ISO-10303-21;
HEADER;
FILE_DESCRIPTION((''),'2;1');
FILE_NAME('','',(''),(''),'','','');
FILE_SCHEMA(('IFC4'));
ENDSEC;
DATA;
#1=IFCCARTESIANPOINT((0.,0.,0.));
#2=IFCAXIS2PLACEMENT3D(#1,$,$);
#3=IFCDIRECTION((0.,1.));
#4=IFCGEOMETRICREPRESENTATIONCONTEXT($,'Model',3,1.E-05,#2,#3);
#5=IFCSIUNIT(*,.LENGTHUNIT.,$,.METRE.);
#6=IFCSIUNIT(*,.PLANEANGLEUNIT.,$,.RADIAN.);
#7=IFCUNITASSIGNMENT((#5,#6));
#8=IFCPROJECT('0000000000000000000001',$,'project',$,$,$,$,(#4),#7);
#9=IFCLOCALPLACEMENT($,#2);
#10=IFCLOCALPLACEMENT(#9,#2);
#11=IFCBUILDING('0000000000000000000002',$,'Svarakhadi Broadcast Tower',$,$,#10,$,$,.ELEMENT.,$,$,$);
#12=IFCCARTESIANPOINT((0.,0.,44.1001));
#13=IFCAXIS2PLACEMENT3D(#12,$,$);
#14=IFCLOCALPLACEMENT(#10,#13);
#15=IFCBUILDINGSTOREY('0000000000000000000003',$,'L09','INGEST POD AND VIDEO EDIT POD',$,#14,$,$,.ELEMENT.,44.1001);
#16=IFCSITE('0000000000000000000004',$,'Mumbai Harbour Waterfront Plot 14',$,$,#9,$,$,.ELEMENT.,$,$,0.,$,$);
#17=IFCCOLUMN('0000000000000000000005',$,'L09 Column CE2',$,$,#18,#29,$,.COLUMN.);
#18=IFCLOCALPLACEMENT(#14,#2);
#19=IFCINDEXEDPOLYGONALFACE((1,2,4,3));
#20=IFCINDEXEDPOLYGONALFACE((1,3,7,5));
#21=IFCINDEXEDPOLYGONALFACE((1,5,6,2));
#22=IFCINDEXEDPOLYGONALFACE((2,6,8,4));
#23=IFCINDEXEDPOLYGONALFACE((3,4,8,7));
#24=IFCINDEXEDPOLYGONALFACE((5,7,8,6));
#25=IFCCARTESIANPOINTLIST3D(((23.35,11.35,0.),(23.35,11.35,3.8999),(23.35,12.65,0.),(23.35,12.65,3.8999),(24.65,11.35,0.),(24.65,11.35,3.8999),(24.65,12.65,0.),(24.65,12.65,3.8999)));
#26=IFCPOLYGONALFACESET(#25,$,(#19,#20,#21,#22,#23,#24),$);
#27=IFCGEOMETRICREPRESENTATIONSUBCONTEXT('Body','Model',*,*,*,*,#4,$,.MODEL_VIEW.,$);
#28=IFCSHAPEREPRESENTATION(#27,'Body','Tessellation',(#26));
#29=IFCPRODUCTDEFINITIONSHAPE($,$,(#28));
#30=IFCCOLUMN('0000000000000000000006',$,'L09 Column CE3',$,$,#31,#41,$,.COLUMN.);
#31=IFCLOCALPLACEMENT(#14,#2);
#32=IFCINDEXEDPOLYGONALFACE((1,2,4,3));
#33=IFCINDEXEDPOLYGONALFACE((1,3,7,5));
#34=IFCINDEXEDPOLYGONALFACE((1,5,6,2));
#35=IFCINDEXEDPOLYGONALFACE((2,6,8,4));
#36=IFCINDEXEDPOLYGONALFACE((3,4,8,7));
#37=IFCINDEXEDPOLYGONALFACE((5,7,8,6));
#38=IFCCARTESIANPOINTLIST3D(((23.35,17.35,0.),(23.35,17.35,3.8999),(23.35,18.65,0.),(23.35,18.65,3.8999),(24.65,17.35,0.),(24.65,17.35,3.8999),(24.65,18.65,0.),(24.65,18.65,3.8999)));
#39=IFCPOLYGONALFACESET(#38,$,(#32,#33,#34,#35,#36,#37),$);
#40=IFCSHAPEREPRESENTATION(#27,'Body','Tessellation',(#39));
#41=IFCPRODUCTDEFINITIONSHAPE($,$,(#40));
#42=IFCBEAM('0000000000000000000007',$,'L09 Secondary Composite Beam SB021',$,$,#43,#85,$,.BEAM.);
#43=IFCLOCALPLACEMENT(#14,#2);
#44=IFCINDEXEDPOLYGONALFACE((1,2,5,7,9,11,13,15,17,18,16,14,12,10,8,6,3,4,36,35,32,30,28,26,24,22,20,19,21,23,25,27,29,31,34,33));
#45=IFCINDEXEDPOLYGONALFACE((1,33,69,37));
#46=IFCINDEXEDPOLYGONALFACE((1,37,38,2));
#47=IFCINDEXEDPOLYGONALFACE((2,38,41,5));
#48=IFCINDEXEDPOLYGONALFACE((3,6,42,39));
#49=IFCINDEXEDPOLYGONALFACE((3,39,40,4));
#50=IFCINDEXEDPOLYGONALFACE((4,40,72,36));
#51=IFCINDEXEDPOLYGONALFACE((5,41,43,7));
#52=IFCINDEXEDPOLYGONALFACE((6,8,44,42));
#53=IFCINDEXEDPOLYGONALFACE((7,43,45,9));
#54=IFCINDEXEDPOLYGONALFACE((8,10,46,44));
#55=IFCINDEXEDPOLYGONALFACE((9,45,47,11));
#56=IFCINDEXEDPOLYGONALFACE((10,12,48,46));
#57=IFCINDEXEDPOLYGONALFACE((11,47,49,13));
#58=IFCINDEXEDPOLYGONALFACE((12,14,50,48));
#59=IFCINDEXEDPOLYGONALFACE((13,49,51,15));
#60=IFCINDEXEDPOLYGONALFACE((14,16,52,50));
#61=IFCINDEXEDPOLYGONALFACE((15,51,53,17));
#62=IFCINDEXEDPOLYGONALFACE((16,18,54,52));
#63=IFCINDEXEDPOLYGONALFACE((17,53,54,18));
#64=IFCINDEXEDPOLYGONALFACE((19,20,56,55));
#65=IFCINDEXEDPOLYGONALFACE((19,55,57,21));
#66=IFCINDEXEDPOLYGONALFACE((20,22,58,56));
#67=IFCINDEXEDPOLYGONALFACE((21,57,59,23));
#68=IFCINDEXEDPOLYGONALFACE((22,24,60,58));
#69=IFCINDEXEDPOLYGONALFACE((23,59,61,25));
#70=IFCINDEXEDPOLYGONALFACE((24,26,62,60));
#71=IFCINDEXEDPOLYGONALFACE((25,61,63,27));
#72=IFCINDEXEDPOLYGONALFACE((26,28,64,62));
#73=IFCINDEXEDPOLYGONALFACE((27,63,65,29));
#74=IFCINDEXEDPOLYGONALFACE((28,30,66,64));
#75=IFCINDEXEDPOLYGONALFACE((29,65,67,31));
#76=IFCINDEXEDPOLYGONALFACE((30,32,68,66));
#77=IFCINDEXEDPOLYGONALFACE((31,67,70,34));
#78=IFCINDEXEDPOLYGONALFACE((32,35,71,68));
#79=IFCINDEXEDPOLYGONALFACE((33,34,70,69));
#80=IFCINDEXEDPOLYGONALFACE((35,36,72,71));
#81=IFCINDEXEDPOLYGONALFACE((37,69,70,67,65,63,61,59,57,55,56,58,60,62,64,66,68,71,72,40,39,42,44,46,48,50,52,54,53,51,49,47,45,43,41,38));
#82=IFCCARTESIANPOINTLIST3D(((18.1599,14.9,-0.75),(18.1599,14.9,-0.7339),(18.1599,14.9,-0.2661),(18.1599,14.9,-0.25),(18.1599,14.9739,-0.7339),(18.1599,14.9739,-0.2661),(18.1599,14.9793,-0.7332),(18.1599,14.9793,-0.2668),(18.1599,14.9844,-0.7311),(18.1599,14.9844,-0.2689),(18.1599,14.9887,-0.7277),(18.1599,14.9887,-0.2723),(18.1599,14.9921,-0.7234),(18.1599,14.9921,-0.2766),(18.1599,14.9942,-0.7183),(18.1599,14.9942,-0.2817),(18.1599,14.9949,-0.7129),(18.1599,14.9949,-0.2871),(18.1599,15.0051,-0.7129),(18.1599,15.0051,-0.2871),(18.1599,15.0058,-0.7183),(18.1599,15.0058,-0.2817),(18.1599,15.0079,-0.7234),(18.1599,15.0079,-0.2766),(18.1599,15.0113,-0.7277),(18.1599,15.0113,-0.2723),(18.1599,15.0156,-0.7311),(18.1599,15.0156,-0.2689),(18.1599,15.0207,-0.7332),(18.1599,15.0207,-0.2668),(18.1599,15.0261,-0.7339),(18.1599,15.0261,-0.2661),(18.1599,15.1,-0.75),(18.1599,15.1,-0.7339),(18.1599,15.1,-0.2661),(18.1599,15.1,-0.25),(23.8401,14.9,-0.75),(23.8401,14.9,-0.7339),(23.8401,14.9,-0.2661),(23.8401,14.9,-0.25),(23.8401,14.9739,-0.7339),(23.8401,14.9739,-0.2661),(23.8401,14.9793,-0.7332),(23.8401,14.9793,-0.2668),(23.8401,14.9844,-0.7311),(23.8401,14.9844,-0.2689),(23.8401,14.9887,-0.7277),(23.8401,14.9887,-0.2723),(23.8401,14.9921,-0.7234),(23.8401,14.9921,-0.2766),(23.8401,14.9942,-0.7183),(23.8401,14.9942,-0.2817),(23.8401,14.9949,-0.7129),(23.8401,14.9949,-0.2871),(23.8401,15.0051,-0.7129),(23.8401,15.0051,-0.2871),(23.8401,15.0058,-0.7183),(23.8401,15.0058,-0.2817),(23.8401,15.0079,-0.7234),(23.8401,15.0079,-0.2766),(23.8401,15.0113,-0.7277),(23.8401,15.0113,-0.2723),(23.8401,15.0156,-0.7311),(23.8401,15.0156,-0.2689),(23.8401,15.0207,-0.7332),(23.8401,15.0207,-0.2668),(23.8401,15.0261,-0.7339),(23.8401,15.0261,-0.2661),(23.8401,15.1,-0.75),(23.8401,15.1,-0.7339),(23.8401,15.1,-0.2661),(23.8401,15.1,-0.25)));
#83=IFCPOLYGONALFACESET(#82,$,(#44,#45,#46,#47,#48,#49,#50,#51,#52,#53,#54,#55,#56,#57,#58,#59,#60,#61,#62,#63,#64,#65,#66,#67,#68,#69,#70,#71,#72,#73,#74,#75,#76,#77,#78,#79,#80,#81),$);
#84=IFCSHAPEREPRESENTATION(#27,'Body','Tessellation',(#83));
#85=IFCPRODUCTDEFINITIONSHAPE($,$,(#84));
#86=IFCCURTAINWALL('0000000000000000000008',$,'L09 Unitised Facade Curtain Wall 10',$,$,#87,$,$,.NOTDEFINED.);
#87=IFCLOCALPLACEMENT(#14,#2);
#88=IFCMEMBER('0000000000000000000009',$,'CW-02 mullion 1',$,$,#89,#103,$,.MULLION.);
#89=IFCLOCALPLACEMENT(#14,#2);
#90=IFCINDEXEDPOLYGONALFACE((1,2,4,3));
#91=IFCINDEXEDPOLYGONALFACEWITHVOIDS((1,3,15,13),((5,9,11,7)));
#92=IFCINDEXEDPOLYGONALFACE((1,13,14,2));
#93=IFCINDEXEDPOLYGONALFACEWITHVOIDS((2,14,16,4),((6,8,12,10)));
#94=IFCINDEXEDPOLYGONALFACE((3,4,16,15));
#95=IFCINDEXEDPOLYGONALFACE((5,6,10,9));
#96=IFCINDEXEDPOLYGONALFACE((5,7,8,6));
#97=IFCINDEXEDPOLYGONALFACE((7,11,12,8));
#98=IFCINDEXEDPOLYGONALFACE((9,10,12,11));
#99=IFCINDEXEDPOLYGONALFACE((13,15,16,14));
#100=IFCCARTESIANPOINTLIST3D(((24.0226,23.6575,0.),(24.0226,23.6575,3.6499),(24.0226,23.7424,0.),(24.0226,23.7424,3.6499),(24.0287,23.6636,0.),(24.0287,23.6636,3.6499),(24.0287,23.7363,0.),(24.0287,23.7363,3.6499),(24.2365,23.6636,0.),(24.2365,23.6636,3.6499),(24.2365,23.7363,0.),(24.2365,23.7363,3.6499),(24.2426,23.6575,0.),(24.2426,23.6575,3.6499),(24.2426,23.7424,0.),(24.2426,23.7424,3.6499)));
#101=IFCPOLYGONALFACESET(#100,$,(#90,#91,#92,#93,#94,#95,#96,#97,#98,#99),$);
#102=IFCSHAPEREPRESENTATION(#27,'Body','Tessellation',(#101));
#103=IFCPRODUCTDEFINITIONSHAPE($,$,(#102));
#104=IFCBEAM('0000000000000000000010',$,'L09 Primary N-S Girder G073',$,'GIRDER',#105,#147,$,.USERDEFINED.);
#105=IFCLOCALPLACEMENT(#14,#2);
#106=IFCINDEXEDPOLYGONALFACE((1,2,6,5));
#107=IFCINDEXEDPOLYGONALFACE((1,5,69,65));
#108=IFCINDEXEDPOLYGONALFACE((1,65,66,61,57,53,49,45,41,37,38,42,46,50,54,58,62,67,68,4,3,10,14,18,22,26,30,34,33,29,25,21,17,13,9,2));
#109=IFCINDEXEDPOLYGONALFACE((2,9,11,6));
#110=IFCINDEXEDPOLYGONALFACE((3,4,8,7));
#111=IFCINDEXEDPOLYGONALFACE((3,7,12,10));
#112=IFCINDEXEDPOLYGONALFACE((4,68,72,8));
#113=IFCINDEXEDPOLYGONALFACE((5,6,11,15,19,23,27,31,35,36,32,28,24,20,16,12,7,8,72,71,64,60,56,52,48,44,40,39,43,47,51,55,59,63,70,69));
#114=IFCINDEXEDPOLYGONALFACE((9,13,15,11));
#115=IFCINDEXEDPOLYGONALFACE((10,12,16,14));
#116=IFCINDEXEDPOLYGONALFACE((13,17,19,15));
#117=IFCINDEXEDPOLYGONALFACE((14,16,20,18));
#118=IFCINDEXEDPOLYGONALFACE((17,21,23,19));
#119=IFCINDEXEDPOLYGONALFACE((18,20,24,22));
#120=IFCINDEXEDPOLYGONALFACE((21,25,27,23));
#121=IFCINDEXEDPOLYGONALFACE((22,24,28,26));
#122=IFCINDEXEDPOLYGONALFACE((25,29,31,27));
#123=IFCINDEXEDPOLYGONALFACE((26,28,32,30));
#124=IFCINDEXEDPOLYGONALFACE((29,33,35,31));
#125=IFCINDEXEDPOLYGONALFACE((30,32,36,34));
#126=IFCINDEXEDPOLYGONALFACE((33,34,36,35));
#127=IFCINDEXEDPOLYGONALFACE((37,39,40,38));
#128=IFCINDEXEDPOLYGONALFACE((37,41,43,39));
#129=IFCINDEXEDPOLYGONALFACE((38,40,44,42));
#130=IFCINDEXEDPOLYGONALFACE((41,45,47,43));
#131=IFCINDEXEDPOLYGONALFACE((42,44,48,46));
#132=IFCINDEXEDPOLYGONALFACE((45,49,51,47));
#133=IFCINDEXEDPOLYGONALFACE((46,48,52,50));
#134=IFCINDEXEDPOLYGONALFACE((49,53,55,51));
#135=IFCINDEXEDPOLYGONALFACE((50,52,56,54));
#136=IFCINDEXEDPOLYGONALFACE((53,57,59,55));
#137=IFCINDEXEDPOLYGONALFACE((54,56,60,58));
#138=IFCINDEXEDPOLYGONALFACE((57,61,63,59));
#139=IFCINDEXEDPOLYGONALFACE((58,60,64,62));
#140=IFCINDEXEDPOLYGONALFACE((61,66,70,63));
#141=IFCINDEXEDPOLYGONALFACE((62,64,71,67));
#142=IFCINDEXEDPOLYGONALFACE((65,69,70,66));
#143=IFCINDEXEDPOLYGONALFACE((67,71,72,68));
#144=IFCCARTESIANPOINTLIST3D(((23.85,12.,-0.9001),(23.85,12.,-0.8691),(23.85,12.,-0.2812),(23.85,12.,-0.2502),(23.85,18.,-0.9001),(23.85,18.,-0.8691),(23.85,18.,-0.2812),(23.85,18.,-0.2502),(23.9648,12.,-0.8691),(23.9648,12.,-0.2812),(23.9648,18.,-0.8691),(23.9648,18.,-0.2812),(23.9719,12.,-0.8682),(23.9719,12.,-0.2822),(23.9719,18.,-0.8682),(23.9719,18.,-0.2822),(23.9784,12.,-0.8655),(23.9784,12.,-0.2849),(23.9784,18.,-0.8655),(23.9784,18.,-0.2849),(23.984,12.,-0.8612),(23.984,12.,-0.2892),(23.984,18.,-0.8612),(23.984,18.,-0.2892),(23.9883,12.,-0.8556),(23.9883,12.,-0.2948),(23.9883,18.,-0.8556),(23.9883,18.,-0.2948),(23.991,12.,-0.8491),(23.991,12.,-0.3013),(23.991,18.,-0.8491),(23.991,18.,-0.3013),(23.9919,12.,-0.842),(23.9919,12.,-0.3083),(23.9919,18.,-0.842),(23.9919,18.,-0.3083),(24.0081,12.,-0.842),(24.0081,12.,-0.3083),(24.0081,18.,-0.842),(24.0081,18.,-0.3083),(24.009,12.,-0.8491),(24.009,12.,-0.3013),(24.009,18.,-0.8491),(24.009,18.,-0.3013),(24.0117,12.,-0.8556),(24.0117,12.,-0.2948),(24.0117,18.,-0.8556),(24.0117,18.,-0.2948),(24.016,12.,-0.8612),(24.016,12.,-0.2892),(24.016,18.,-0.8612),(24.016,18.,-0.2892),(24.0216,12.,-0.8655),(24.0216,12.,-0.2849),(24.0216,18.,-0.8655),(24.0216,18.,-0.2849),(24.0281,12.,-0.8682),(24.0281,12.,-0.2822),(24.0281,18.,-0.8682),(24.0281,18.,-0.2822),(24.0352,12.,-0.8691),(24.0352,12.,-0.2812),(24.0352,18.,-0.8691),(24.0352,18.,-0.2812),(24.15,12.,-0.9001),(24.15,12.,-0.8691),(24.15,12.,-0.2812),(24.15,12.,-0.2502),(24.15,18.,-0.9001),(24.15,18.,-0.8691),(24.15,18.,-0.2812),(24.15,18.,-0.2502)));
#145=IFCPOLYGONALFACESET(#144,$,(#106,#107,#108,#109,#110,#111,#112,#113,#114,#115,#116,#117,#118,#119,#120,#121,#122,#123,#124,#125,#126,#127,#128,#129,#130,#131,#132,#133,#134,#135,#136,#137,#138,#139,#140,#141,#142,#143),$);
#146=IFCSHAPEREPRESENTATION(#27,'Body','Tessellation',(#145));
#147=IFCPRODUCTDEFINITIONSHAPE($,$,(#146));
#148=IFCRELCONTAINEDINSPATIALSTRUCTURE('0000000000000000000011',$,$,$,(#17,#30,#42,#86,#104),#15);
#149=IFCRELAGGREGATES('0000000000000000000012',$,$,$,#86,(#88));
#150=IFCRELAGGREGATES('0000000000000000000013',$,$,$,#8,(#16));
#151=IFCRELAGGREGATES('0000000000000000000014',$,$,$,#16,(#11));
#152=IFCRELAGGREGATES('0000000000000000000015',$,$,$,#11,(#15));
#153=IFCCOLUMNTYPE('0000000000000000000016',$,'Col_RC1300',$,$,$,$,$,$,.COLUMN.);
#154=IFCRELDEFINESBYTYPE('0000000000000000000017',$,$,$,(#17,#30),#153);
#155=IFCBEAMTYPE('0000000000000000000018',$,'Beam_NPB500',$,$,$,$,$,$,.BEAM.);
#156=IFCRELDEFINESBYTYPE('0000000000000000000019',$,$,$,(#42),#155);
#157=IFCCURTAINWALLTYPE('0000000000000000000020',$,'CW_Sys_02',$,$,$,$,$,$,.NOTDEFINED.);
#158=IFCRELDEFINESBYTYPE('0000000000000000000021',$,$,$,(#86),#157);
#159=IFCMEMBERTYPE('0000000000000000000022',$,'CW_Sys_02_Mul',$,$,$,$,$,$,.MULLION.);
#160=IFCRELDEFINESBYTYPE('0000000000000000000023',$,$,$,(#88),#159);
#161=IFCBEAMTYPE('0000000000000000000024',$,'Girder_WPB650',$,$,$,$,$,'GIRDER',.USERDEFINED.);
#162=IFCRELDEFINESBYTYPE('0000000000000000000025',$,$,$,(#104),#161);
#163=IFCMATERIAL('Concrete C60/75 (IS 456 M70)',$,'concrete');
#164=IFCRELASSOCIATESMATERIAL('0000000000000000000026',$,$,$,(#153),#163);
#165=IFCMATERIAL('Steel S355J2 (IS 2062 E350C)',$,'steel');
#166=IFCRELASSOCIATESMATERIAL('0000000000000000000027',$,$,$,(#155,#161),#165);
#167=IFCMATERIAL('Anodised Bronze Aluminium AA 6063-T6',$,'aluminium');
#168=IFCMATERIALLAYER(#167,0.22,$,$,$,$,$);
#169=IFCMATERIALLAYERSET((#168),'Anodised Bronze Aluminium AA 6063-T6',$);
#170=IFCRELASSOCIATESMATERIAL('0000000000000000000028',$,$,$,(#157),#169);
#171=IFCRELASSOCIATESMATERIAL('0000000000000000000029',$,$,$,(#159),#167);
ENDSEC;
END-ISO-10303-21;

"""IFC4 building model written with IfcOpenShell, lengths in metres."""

from ifc_helpers import new_model, si_unit, direction, frame, origin, origin_2d, place, context, subcontext, project, spatial, rectangle, hollow_rectangle, i_section, extrude, material, layer, layer_set, material_profile, profile_set, type_object, element, aggregate, save


model = new_model("IFC4")

# Units and contexts
model_context = context("Model", 3, precision=1e-05, world=origin(), true_north=direction((0.0, 1.0)))
body_context = subcontext(model_context, "Body", "Model", "MODEL_VIEW")
ifc_project = project(units=[si_unit("LENGTHUNIT", "METRE"), si_unit("PLANEANGLEUNIT", "RADIAN")], contexts=[model_context])

# Site, building, storey
site_placement = place(None, origin())
site = spatial("IfcSite", under=ifc_project, at=site_placement, Name="Mumbai Harbour Waterfront Plot 14", CompositionType="ELEMENT", RefElevation=0.0)
building_placement = place(site_placement, origin())
building = spatial("IfcBuilding", under=site, at=building_placement, Name="Svarakhadi Broadcast Tower", CompositionType="ELEMENT")
storey_placement = place(building_placement, frame((0.0, 0.0, 44.1001)))
storey = spatial("IfcBuildingStorey", under=building, at=storey_placement, Name="L09", Description="INGEST POD AND VIDEO EDIT POD", CompositionType="ELEMENT", Elevation=44.1001)

# Columns
ifc_material_1 = material(Name="Concrete C60/75 (IS 456 M70)", Category="concrete")
ifc_material_profile_1 = material_profile(ifc_material_1, rectangle(XDim=1.3, YDim=1.3, at=origin_2d()), Name="RC 1300x1300")
ifc_profile_set_1 = profile_set([ifc_material_profile_1], Name="Concrete C60/75 (IS 456 M70)")
column_type = type_object("IfcColumnType", Name="Col_RC1300", PredefinedType="COLUMN", material=ifc_profile_set_1)
for number, where, z_axis, x_axis, name in (
    (1, (24.0, 12.0, 0.0), (0.0, 0.0, 1.0), (1.0, 0.0, 0.0), "L09 Column CE2"),
    (2, (24.0, 18.0, 0.0), (0.0, 0.0, 1.0), (1.0, 0.0, 0.0), "L09 Column CE3"),
):
    element("IfcColumn", number, at=place(storey_placement, frame(where, z_axis=z_axis, x_axis=x_axis)), inside=storey, type_object=column_type, Name=name, PredefinedType="COLUMN", context=body_context, shape_type="SweptSolid", body=[
        extrude(rectangle(XDim=1.3, YDim=1.3, at=origin_2d()), origin(), (0.0, 0.0, 1.0), 3.8999),
    ])

# Beam
ifc_material_2 = material(Name="Steel S355J2 (IS 2062 E350C)", Category="steel")
ifc_material_profile_2 = material_profile(ifc_material_2, i_section(OverallWidth=0.2, OverallDepth=0.5, WebThickness=0.0103, FlangeThickness=0.0161, FilletRadius=0.021, at=origin_2d()), Name="NPB 500x200x91")
ifc_profile_set_2 = profile_set([ifc_material_profile_2], Name="Steel S355J2 (IS 2062 E350C)")
beam_type_1 = type_object("IfcBeamType", Name="Beam_NPB500", PredefinedType="BEAM", material=ifc_profile_set_2)
beam_1_placement = place(storey_placement, frame((18.1599, 15.0, -0.5), z_axis=(1.0, 0.0, 0.0), x_axis=(0.0, 1.0, 0.0)))
element("IfcBeam", 3, at=beam_1_placement, inside=storey, type_object=beam_type_1, Name="L09 Secondary Composite Beam SB021", PredefinedType="BEAM", context=body_context, shape_type="SweptSolid", body=[
    extrude(i_section(OverallWidth=0.2, OverallDepth=0.5, WebThickness=0.0103, FlangeThickness=0.0161, FilletRadius=0.021, at=origin_2d()), origin(), (0.0, 0.0, 1.0), 5.6802),
])

# Curtain wall, member
ifc_material_3 = material(Name="Anodised Bronze Aluminium AA 6063-T6", Category="aluminium")
ifc_layer_1 = layer(ifc_material_3, 0.22)
ifc_layer_set_1 = layer_set([ifc_layer_1], Name="Anodised Bronze Aluminium AA 6063-T6")
curtain_wall_type = type_object("IfcCurtainWallType", Name="CW_Sys_02", PredefinedType="NOTDEFINED", material=ifc_layer_set_1)
curtain_wall_placement = place(storey_placement, origin())
curtain_wall = element("IfcCurtainWall", 4, at=curtain_wall_placement, inside=storey, type_object=curtain_wall_type, Name="L09 Unitised Facade Curtain Wall 10", PredefinedType="NOTDEFINED")
ifc_material_profile_3 = material_profile(ifc_material_3, hollow_rectangle(XDim=0.085, YDim=0.22, WallThickness=0.0061, at=origin_2d()), Name="ALU MULLION 220x85x6")
ifc_profile_set_3 = profile_set([ifc_material_profile_3], Name="Anodised Bronze Aluminium AA 6063-T6")
member_type = type_object("IfcMemberType", Name="CW_Sys_02_Mul", PredefinedType="MULLION", material=ifc_profile_set_3)
member_placement = place(storey_placement, frame((24.1326, 23.7, 0.0), z_axis=(0.0, 0.0, 1.0), x_axis=(0.0, 1.0, 0.0)))
member = element("IfcMember", 5, at=member_placement, type_object=member_type, Name="CW-02 mullion 1", PredefinedType="MULLION", context=body_context, shape_type="SweptSolid", body=[
    extrude(hollow_rectangle(XDim=0.085, YDim=0.22, WallThickness=0.0061, at=origin_2d()), origin(), (0.0, 0.0, 1.0), 3.6499),
])
aggregate(curtain_wall, [member])

# Beam
ifc_material_profile_4 = material_profile(ifc_material_2, i_section(OverallWidth=0.3, OverallDepth=0.6499, WebThickness=0.0161, FlangeThickness=0.031, FilletRadius=0.0271, at=origin_2d()), Name="WPB 650x300x225")
ifc_profile_set_4 = profile_set([ifc_material_profile_4], Name="Steel S355J2 (IS 2062 E350C)")
beam_type_2 = type_object("IfcBeamType", Name="Girder_WPB650", ElementType="GIRDER", PredefinedType="USERDEFINED", material=ifc_profile_set_4)
beam_2_placement = place(storey_placement, frame((24.0, 12.0, -0.5752), z_axis=(0.0, 1.0, 0.0), x_axis=(-1.0, 0.0, 0.0)))
element("IfcBeam", 6, at=beam_2_placement, inside=storey, type_object=beam_type_2, Name="L09 Primary N-S Girder G073", ObjectType="GIRDER", PredefinedType="USERDEFINED", context=body_context, shape_type="SweptSolid", body=[
    extrude(i_section(OverallWidth=0.3, OverallDepth=0.6499, WebThickness=0.0161, FlangeThickness=0.031, FilletRadius=0.0271, at=origin_2d()), origin(), (0.0, 0.0, 1.0), 6.0),
])

save(model, "model.ifc")
